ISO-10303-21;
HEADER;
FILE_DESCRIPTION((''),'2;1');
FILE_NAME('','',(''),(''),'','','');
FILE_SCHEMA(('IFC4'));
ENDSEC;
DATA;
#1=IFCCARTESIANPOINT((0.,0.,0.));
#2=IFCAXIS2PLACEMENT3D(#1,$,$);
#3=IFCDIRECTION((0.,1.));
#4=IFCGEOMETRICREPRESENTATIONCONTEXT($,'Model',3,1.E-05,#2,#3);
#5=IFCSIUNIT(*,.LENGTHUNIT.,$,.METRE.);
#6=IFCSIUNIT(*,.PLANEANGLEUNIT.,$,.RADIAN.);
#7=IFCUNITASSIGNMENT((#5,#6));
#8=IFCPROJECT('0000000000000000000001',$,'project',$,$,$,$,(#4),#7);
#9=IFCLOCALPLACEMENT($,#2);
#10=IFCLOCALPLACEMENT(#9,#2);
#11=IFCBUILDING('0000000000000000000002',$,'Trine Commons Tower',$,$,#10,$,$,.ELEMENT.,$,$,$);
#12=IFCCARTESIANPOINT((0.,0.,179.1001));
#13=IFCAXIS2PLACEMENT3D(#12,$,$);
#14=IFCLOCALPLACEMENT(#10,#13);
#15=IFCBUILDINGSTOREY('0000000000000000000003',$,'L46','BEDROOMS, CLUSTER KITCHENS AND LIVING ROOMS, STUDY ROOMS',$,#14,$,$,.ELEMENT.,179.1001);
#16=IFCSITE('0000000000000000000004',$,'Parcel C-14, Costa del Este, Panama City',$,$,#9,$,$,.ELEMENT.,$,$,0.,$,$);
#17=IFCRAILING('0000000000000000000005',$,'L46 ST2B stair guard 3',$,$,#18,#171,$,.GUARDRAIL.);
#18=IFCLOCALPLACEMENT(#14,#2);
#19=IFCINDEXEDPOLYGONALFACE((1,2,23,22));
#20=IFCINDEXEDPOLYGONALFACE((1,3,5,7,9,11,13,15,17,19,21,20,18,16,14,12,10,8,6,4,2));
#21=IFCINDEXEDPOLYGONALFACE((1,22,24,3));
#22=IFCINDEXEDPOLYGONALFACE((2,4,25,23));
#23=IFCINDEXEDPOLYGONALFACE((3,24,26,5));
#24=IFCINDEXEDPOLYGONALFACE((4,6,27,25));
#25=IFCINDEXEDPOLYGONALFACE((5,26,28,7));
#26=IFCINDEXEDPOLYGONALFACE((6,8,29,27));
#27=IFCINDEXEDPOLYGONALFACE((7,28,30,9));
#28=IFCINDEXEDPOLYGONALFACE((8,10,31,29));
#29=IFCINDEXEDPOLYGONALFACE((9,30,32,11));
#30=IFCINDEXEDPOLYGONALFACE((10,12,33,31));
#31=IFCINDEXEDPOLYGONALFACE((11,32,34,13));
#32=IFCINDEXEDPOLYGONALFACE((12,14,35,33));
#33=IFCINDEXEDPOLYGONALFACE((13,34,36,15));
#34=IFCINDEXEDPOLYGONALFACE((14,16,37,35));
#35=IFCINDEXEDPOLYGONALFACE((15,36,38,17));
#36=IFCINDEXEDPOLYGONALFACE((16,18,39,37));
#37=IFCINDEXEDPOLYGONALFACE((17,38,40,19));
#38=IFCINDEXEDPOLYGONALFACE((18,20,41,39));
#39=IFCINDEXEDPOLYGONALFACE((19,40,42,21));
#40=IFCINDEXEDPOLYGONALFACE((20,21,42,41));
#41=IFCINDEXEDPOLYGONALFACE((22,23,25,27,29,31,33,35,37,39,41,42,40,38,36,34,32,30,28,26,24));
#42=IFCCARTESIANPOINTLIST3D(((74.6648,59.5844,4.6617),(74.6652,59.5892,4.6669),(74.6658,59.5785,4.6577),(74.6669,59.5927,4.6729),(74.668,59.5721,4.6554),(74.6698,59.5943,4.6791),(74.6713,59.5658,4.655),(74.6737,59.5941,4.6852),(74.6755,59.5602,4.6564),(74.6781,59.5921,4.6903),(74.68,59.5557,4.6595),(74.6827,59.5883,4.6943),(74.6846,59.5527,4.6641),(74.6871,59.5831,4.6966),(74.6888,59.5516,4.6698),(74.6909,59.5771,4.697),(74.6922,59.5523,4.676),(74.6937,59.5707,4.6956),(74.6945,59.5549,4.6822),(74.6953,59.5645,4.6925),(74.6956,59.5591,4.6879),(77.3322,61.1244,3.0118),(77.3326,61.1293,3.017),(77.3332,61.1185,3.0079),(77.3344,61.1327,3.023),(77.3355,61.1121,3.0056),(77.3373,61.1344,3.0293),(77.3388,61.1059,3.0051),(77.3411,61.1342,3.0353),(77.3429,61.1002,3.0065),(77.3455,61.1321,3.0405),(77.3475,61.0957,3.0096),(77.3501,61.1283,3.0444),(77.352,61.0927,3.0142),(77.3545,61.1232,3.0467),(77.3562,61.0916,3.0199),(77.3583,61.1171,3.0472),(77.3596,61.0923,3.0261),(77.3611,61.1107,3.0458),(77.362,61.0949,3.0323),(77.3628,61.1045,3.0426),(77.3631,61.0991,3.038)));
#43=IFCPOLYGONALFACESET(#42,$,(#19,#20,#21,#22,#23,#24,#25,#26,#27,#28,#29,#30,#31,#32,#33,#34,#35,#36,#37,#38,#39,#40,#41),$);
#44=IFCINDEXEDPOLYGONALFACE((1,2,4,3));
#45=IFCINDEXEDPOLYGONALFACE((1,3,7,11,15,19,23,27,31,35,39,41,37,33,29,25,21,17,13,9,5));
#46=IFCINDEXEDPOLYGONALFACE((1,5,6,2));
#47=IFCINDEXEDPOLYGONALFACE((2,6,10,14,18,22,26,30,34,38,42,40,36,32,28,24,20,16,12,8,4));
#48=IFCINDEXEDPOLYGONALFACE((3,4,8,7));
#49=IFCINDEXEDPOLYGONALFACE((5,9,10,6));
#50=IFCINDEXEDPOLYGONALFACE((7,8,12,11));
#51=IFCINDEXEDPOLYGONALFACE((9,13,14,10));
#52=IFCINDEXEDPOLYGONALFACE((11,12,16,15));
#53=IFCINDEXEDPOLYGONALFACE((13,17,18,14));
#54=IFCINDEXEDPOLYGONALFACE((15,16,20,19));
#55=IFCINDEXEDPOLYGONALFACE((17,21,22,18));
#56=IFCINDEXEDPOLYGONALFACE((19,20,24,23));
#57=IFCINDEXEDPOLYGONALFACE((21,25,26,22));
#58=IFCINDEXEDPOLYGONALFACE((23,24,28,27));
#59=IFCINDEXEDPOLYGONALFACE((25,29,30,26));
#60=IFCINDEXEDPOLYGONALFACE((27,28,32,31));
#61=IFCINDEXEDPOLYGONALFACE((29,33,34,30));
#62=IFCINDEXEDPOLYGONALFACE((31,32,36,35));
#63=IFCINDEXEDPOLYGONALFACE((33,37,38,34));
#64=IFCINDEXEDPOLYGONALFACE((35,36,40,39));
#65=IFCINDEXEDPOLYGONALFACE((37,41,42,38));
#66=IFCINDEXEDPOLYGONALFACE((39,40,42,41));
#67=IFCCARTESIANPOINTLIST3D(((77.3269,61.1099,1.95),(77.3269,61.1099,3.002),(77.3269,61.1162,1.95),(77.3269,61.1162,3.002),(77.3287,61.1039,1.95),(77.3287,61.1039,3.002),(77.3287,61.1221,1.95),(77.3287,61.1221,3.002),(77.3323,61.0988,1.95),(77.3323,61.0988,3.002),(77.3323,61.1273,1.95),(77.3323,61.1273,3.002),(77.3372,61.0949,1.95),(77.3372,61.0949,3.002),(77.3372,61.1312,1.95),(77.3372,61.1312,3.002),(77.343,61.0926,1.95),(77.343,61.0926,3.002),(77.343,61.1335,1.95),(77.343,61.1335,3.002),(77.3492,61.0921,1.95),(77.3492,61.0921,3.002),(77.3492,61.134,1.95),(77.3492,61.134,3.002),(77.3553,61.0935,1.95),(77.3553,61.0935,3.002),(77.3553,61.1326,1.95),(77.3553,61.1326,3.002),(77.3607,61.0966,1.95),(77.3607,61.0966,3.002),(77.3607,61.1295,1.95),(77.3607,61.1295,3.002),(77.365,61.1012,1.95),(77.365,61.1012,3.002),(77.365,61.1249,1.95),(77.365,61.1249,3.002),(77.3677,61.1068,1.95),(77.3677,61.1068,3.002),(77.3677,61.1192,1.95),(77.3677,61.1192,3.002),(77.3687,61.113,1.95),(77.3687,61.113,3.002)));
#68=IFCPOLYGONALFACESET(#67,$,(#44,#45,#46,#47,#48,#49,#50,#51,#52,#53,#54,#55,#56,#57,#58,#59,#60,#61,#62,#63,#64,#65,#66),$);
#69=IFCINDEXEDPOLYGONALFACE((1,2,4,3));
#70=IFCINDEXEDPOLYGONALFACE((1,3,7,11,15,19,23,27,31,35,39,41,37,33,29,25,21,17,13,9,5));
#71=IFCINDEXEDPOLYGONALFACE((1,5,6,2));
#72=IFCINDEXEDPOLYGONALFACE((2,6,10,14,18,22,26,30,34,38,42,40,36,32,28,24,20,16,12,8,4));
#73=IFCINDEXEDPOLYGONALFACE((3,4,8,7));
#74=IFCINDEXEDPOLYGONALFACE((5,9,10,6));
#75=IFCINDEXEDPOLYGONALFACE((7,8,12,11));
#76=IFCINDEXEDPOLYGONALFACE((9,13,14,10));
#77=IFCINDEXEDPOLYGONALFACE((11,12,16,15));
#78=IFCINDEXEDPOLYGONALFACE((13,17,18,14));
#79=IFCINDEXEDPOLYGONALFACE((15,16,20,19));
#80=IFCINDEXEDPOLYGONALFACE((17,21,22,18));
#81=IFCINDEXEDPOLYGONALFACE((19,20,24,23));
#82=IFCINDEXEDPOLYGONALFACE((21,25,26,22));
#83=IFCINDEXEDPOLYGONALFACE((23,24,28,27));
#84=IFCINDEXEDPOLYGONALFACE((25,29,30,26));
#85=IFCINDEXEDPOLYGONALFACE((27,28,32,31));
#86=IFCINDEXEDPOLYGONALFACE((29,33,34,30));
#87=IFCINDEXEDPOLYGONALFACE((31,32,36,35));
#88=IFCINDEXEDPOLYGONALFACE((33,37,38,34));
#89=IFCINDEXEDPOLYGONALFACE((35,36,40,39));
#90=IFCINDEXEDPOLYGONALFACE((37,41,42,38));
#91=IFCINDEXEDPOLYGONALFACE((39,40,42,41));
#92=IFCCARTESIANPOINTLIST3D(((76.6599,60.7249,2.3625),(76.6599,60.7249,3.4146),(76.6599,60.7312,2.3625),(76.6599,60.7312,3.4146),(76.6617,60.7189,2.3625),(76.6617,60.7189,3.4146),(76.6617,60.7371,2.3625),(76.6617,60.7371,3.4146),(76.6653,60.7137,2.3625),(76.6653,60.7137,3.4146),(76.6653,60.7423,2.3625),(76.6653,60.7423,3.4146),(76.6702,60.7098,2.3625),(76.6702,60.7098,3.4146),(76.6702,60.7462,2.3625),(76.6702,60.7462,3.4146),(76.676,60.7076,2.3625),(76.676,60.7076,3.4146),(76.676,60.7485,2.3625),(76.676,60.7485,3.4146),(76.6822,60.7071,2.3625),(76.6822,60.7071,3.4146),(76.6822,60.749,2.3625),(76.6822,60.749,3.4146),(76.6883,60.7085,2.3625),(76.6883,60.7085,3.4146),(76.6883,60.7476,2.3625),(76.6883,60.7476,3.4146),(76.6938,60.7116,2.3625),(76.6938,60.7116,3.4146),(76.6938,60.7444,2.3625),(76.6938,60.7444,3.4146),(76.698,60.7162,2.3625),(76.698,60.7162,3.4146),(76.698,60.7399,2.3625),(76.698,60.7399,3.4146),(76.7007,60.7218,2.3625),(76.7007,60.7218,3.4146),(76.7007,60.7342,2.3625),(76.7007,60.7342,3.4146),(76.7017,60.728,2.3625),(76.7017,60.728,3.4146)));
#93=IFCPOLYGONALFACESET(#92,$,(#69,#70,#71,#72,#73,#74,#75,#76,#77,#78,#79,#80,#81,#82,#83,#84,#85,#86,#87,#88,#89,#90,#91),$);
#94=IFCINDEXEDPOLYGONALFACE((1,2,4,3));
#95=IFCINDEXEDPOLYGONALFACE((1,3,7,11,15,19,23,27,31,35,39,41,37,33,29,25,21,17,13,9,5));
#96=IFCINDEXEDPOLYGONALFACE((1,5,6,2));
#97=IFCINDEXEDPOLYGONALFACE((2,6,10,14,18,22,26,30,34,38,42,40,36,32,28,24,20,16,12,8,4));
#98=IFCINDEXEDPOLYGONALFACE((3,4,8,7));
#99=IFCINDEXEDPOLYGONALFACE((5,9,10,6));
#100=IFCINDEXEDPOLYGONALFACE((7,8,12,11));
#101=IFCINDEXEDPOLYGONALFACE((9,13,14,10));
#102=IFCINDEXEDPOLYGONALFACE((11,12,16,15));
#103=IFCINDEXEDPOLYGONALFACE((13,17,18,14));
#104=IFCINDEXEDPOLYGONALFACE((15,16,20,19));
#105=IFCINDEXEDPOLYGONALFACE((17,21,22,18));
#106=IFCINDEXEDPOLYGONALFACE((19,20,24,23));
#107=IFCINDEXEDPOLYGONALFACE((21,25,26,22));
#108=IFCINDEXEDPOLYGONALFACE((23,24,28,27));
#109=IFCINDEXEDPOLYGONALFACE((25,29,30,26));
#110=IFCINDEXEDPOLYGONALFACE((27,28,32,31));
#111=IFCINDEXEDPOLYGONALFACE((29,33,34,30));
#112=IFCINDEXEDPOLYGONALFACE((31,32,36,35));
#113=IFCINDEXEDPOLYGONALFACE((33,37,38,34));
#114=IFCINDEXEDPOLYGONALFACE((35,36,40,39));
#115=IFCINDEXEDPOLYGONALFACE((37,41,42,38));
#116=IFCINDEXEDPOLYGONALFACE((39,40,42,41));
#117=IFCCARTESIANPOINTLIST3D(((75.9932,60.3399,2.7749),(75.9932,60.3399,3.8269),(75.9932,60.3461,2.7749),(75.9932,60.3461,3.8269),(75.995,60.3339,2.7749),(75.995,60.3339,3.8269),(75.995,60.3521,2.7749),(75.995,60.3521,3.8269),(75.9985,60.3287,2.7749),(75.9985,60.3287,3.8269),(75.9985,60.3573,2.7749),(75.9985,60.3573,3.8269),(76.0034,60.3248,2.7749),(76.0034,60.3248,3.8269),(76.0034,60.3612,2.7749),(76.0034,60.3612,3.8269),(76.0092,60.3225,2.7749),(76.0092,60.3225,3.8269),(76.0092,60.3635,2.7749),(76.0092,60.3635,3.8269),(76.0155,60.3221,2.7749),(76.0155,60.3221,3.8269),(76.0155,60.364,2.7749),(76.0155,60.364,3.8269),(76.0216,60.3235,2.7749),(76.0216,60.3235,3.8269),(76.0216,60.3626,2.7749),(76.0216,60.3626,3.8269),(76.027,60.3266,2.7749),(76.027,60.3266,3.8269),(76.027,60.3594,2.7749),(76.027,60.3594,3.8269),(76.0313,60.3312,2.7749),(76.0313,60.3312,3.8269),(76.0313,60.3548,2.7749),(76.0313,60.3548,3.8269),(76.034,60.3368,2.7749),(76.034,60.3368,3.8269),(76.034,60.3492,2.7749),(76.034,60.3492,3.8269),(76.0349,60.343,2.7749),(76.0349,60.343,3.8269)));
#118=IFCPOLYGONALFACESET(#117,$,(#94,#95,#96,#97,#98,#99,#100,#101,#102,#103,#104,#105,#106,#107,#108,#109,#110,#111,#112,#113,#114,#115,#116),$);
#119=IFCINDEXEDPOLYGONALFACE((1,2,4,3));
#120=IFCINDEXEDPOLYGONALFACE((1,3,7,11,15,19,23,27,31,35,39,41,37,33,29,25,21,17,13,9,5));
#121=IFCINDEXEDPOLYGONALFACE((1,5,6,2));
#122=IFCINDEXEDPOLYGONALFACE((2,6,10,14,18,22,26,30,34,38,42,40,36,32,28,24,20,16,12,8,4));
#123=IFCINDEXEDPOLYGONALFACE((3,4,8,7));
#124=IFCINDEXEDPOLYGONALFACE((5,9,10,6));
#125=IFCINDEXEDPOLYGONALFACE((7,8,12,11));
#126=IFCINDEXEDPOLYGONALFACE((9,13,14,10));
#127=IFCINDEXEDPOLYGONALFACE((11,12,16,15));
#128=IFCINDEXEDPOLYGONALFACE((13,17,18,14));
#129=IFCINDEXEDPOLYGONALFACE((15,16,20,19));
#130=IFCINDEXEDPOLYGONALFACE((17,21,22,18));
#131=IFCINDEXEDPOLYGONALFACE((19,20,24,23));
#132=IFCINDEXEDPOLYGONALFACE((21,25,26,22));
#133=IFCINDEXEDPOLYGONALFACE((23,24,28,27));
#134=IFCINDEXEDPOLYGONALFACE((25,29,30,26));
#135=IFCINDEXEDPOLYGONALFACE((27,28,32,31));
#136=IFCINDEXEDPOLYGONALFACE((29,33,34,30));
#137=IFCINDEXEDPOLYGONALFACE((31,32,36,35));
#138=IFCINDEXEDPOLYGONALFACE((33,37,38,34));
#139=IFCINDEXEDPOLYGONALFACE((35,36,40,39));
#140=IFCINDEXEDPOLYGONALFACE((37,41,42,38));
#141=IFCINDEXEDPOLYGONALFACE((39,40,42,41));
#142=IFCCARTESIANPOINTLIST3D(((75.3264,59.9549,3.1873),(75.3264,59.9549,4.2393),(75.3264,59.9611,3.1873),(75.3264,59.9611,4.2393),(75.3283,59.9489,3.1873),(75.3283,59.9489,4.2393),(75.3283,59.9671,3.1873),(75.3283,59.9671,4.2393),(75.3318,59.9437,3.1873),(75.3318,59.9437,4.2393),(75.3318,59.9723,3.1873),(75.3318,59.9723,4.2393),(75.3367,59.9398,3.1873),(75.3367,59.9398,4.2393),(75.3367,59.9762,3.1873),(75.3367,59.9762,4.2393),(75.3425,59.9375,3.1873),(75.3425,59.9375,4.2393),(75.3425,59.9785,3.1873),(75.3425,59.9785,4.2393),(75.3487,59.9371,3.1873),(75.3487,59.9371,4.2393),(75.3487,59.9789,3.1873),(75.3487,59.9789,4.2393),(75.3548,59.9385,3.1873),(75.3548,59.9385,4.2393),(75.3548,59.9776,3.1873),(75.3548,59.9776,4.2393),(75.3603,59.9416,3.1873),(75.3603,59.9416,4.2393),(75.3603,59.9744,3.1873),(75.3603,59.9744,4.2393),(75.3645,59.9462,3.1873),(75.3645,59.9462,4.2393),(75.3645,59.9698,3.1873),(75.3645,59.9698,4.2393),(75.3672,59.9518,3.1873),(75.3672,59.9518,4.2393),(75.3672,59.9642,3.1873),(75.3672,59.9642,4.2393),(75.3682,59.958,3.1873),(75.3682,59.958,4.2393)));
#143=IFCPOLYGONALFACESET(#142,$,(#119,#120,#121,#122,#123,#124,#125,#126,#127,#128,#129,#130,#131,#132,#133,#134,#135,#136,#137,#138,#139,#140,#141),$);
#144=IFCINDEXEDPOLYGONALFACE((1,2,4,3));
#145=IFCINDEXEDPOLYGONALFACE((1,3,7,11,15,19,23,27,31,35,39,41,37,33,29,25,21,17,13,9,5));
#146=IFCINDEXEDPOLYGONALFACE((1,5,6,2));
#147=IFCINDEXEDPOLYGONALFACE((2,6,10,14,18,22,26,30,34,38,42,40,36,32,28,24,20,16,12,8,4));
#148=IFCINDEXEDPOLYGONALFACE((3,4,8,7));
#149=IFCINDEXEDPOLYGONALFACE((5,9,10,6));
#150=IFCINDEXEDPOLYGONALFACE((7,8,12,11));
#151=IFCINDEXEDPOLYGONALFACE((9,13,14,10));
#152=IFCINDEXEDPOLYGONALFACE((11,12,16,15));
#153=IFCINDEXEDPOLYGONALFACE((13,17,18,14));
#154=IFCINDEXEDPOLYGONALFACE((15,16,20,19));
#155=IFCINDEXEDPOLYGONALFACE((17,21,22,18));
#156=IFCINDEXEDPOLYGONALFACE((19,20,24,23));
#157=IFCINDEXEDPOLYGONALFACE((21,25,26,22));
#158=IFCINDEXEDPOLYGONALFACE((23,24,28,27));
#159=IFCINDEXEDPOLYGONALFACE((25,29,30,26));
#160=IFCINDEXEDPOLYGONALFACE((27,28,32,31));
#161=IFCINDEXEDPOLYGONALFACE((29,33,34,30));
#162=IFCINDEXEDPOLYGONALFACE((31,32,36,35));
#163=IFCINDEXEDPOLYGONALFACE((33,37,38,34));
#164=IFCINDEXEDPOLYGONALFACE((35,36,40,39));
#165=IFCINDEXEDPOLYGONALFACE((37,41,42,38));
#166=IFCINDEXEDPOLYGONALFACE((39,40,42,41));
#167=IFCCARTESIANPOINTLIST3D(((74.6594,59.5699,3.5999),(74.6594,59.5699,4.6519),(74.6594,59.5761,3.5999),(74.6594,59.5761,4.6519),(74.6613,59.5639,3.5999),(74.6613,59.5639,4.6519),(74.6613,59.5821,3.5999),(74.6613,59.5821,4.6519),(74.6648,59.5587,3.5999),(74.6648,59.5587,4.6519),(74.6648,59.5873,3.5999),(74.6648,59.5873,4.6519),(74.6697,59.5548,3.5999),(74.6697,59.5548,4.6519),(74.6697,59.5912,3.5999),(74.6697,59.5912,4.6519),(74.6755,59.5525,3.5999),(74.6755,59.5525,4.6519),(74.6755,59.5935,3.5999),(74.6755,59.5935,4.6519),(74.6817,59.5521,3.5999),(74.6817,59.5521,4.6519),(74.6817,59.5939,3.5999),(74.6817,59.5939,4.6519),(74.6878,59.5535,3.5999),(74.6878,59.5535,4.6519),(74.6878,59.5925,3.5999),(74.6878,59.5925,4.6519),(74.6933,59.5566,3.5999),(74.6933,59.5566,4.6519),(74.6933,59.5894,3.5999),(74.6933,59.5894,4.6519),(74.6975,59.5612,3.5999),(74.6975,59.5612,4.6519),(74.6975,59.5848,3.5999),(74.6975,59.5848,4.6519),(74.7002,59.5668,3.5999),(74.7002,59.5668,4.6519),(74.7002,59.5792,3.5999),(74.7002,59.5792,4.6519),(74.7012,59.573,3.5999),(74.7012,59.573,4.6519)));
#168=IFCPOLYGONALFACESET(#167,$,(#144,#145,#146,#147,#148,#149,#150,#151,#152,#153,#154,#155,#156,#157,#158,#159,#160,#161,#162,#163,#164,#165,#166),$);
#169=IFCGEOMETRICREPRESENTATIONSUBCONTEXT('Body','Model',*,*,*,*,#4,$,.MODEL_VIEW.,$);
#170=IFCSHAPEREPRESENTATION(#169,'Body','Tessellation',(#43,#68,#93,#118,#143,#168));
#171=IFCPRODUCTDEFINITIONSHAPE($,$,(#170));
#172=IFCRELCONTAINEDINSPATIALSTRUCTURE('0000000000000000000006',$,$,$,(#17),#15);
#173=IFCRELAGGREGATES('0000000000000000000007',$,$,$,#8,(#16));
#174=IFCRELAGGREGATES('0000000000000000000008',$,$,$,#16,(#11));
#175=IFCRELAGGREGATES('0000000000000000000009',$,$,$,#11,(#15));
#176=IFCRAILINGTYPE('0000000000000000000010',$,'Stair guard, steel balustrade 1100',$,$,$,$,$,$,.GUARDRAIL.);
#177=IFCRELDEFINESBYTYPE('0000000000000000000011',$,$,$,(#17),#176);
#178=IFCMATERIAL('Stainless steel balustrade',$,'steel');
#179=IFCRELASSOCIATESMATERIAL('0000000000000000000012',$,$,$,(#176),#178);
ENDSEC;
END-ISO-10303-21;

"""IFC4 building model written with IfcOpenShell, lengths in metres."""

from ifc_helpers import new_model, si_unit, direction, frame, origin, origin_2d, place, context, subcontext, project, spatial, circle, extrude, material, type_object, element, save


model = new_model("IFC4")

# Units and contexts
model_context = context("Model", 3, precision=1e-05, world=origin(), true_north=direction((0.0, 1.0)))
body_context = subcontext(model_context, "Body", "Model", "MODEL_VIEW")
ifc_project = project(units=[si_unit("LENGTHUNIT", "METRE"), si_unit("PLANEANGLEUNIT", "RADIAN")], contexts=[model_context])

# Site, building, storey
site_placement = place(None, origin())
site = spatial("IfcSite", under=ifc_project, at=site_placement, Name="Parcel C-14, Costa del Este, Panama City", CompositionType="ELEMENT", RefElevation=0.0)
building_placement = place(site_placement, origin())
building = spatial("IfcBuilding", under=site, at=building_placement, Name="Trine Commons Tower", CompositionType="ELEMENT")
storey_placement = place(building_placement, frame((0.0, 0.0, 179.1001)))
storey = spatial("IfcBuildingStorey", under=building, at=storey_placement, Name="L46", Description="BEDROOMS, CLUSTER KITCHENS AND LIVING ROOMS, STUDY ROOMS", CompositionType="ELEMENT", Elevation=179.1001)

# Railing
ifc_material_1 = material(Name="Stainless steel balustrade", Category="steel")
railing_type_1 = type_object("IfcRailingType", Name="Stair guard, steel balustrade 1100", PredefinedType="GUARDRAIL", material=ifc_material_1)
railing_1_placement = place(storey_placement, frame((77.3477, 61.113, 1.95)))
element("IfcRailing", 1, at=railing_1_placement, inside=storey, type_object=railing_type_1, Name="L46 ST2B stair guard 3", PredefinedType="GUARDRAIL", context=body_context, shape_type="SweptSolid", body=[
    extrude(circle(Radius=0.0239, at=origin_2d()), frame((0.0, 0.0, 1.0762), z_axis=(-0.763405, -0.440743, 0.472185), x_axis=(0.499992, -0.86603, 0.0)), (0.0, 0.0, 1.0), 3.4941),
    extrude(circle(Radius=0.021, at=origin_2d()), origin(), (0.0, 0.0, 1.0), 1.052),
    extrude(circle(Radius=0.021, at=origin_2d()), frame((-0.667, -0.385, 0.4126)), (0.0, 0.0, 1.0), 1.052),
    extrude(circle(Radius=0.021, at=origin_2d()), frame((-1.3337, -0.77, 0.825)), (0.0, 0.0, 1.0), 1.052),
    extrude(circle(Radius=0.021, at=origin_2d()), frame((-2.0005, -1.155, 1.2373)), (0.0, 0.0, 1.0), 1.052),
    extrude(circle(Radius=0.021, at=origin_2d()), frame((-2.6675, -1.54, 1.6499)), (0.0, 0.0, 1.0), 1.052),
])

save(model, "model.ifc")
